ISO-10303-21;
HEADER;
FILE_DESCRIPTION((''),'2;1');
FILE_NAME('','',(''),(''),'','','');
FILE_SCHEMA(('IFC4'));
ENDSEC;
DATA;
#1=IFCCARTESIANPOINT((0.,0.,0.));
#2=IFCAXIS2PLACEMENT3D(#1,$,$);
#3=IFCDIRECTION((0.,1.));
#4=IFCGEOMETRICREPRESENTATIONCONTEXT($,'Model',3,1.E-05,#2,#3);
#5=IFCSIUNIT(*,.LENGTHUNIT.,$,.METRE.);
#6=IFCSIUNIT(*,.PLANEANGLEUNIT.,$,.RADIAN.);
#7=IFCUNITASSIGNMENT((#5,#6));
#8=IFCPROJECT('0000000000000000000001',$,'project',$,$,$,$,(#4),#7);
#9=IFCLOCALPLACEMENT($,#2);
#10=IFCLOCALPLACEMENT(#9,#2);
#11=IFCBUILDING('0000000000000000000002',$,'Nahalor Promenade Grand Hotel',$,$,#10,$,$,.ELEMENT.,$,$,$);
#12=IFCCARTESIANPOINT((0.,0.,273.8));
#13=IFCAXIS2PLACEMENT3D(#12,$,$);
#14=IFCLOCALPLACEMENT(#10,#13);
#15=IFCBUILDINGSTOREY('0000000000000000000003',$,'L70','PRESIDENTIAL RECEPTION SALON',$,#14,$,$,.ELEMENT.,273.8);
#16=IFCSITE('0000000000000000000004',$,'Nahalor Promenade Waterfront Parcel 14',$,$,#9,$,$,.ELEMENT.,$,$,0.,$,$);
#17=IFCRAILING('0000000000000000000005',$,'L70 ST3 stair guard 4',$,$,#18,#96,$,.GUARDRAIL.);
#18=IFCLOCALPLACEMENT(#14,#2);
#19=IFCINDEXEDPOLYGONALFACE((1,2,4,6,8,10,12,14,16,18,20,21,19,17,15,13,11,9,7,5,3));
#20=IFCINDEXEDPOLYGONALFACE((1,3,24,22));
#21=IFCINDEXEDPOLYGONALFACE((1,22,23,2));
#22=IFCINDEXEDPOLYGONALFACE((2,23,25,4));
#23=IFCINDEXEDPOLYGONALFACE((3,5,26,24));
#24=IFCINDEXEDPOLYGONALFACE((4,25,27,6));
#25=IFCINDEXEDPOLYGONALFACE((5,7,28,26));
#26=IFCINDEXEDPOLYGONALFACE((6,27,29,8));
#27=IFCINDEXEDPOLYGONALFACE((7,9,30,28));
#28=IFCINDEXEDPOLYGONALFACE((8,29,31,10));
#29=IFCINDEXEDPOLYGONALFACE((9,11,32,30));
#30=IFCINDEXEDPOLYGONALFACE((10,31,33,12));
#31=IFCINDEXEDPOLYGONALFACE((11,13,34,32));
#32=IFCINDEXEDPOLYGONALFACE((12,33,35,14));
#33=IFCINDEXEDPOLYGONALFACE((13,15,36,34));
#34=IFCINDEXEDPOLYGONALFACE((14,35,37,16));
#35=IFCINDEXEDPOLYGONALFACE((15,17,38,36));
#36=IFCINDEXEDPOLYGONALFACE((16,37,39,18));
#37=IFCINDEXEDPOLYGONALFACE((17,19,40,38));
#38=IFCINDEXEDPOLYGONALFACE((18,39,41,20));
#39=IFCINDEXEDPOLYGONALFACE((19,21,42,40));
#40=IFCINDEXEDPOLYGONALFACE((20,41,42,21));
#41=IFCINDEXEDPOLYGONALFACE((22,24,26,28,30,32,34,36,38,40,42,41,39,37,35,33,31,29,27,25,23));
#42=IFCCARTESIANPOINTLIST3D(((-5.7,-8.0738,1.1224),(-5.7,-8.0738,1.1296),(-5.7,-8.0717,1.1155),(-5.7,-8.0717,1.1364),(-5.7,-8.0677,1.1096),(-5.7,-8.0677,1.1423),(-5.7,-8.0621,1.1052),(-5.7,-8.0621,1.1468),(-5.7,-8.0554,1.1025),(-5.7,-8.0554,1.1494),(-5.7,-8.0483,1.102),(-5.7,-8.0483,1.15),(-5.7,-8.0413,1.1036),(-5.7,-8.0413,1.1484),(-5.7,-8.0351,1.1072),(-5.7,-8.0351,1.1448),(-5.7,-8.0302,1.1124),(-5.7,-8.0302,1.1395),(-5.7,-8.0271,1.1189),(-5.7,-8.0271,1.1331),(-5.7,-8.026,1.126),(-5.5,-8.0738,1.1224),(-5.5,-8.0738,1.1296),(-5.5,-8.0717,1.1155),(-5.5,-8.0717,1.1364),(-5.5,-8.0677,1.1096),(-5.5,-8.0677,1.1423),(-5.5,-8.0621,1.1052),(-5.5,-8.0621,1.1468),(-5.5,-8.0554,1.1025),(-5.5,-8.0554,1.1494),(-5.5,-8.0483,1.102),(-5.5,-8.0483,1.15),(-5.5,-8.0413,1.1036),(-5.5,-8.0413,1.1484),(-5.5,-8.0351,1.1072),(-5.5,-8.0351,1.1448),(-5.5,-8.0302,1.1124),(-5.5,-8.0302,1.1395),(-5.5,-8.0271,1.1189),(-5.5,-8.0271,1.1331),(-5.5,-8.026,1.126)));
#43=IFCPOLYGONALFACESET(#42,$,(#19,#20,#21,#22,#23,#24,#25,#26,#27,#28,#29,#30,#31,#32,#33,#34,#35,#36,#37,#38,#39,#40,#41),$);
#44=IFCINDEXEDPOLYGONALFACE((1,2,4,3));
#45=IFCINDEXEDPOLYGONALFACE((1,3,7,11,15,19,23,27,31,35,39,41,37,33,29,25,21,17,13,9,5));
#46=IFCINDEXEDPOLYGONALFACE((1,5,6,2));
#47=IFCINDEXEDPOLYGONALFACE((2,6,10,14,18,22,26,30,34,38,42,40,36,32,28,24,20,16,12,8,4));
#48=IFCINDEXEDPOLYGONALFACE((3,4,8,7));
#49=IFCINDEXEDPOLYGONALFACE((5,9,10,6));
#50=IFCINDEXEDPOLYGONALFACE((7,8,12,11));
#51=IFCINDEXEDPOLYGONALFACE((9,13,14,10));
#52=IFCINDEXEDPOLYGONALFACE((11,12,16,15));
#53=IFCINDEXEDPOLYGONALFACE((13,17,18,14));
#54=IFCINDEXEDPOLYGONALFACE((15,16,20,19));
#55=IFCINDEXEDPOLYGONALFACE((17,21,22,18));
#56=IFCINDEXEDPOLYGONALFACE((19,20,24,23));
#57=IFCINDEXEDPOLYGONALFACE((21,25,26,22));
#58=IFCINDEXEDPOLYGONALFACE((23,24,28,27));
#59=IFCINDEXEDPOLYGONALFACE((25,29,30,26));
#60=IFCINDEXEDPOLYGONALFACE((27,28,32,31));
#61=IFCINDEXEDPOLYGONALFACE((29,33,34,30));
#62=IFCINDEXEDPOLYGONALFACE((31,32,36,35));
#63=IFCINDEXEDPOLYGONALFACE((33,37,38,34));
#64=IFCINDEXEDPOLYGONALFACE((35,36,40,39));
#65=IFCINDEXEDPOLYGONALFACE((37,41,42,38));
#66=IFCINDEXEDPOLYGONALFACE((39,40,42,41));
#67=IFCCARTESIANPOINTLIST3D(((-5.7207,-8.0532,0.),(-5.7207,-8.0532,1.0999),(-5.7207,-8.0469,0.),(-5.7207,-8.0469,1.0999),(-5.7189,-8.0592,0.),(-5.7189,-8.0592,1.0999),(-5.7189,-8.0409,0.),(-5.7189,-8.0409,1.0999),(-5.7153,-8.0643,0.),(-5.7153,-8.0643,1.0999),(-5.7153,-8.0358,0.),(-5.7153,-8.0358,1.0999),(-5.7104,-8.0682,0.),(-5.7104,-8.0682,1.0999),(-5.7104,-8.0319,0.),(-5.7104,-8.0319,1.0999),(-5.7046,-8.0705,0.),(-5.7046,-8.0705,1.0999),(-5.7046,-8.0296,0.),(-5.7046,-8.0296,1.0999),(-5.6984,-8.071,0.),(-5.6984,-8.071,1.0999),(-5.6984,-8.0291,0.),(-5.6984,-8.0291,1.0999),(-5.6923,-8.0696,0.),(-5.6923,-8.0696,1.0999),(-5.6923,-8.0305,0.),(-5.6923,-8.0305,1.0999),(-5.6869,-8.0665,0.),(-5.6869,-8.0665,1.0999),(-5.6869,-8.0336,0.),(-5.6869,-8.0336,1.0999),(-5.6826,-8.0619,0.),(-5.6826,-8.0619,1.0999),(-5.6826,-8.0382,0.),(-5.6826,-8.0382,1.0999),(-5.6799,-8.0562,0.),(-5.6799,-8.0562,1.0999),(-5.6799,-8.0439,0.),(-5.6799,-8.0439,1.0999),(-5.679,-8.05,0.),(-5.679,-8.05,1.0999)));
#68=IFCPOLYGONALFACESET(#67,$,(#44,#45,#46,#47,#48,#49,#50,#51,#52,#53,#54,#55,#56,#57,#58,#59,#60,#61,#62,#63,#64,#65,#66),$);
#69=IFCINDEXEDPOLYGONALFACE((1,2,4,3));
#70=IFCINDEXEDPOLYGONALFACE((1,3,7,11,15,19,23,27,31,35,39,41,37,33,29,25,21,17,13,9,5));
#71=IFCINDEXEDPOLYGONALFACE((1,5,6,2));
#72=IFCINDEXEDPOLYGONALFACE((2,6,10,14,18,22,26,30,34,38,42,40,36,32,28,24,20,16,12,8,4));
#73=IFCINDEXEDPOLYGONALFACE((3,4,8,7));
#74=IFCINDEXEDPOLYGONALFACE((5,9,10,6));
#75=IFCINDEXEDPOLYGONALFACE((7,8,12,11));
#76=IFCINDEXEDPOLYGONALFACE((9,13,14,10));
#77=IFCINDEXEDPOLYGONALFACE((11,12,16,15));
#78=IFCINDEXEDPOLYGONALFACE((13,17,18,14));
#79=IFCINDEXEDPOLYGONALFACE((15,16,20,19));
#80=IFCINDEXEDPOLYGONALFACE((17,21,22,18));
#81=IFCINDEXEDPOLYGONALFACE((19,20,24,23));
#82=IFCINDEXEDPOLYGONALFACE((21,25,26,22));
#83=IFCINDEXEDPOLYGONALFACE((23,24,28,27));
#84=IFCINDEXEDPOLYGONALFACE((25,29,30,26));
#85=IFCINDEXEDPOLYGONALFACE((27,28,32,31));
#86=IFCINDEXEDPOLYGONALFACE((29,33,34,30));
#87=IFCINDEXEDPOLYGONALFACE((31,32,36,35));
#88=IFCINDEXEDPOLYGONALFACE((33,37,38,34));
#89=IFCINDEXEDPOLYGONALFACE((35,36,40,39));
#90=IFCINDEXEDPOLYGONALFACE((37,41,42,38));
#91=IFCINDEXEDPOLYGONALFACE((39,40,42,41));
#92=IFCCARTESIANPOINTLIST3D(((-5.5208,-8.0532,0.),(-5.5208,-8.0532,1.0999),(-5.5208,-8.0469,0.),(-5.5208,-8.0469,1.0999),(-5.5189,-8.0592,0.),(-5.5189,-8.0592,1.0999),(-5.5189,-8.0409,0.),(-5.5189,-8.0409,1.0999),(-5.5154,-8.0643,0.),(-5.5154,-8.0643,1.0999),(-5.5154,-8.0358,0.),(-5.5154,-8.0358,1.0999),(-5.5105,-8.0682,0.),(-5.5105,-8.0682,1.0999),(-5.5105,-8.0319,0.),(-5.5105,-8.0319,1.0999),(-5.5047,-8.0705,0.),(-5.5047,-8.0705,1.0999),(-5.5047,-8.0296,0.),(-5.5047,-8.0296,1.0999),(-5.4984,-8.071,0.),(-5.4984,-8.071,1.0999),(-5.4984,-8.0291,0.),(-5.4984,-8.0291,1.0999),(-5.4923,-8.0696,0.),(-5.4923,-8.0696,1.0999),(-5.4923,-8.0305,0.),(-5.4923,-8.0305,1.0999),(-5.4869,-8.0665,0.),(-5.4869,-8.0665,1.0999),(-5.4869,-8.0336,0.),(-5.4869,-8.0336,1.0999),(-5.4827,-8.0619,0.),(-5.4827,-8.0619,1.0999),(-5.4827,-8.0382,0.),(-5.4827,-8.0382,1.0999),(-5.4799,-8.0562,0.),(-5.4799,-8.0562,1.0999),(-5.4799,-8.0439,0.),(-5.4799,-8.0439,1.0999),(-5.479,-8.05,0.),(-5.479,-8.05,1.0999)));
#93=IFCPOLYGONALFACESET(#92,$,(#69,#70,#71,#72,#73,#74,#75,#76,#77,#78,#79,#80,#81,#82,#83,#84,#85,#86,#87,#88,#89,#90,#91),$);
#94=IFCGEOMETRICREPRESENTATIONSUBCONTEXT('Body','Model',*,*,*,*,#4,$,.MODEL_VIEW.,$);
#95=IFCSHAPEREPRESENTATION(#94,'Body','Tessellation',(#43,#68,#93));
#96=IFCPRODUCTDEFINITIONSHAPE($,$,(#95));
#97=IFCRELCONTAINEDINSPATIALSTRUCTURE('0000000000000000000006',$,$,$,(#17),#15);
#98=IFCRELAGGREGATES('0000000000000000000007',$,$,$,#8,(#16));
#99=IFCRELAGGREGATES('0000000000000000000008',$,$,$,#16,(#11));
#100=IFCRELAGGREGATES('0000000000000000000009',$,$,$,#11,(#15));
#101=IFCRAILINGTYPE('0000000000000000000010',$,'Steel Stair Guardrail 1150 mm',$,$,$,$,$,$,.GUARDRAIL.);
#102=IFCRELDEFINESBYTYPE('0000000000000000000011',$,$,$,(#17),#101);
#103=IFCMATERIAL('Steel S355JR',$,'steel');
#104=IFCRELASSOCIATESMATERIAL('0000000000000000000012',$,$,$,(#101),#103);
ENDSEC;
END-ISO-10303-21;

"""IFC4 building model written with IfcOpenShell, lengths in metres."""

from ifc_helpers import new_model, si_unit, direction, frame, origin, origin_2d, place, context, subcontext, project, spatial, circle, extrude, material, type_object, element, save


model = new_model("IFC4")

# Units and contexts
model_context = context("Model", 3, precision=1e-05, world=origin(), true_north=direction((0.0, 1.0)))
body_context = subcontext(model_context, "Body", "Model", "MODEL_VIEW")
ifc_project = project(units=[si_unit("LENGTHUNIT", "METRE"), si_unit("PLANEANGLEUNIT", "RADIAN")], contexts=[model_context])

# Site, building, storey
site_placement = place(None, origin())
site = spatial("IfcSite", under=ifc_project, at=site_placement, Name="Nahalor Promenade Waterfront Parcel 14", CompositionType="ELEMENT", RefElevation=0.0)
building_placement = place(site_placement, origin())
building = spatial("IfcBuilding", under=site, at=building_placement, Name="Nahalor Promenade Grand Hotel", CompositionType="ELEMENT")
storey_placement = place(building_placement, frame((0.0, 0.0, 273.8)))
storey = spatial("IfcBuildingStorey", under=building, at=storey_placement, Name="L70", Description="PRESIDENTIAL RECEPTION SALON", CompositionType="ELEMENT", Elevation=273.8)

# Shared definitions
ifc_material_1 = material(Name="Steel S355JR", Category="steel")

# Railing
railing_type_1 = type_object("IfcRailingType", Name="Steel Stair Guardrail 1150 mm", PredefinedType="GUARDRAIL", material=ifc_material_1)
railing_1_placement = place(storey_placement, frame((-5.7, -8.05, 0.0)))
element("IfcRailing", 1, at=railing_1_placement, inside=storey, type_object=railing_type_1, Name="L70 ST3 stair guard 4", PredefinedType="GUARDRAIL", context=body_context, shape_type="SweptSolid", body=[
    extrude(circle(Radius=0.024, at=origin_2d()), frame((0.0, 0.0, 1.126), z_axis=(1.0, 0.0, 0.0), x_axis=(0.0, 1.0, 0.0)), (0.0, 0.0, 1.0), 0.2),
    extrude(circle(Radius=0.021, at=origin_2d()), origin(), (0.0, 0.0, 1.0), 1.0999),
    extrude(circle(Radius=0.021, at=origin_2d()), frame((0.2, 0.0, 0.0)), (0.0, 0.0, 1.0), 1.0999),
])

save(model, "model.ifc")
